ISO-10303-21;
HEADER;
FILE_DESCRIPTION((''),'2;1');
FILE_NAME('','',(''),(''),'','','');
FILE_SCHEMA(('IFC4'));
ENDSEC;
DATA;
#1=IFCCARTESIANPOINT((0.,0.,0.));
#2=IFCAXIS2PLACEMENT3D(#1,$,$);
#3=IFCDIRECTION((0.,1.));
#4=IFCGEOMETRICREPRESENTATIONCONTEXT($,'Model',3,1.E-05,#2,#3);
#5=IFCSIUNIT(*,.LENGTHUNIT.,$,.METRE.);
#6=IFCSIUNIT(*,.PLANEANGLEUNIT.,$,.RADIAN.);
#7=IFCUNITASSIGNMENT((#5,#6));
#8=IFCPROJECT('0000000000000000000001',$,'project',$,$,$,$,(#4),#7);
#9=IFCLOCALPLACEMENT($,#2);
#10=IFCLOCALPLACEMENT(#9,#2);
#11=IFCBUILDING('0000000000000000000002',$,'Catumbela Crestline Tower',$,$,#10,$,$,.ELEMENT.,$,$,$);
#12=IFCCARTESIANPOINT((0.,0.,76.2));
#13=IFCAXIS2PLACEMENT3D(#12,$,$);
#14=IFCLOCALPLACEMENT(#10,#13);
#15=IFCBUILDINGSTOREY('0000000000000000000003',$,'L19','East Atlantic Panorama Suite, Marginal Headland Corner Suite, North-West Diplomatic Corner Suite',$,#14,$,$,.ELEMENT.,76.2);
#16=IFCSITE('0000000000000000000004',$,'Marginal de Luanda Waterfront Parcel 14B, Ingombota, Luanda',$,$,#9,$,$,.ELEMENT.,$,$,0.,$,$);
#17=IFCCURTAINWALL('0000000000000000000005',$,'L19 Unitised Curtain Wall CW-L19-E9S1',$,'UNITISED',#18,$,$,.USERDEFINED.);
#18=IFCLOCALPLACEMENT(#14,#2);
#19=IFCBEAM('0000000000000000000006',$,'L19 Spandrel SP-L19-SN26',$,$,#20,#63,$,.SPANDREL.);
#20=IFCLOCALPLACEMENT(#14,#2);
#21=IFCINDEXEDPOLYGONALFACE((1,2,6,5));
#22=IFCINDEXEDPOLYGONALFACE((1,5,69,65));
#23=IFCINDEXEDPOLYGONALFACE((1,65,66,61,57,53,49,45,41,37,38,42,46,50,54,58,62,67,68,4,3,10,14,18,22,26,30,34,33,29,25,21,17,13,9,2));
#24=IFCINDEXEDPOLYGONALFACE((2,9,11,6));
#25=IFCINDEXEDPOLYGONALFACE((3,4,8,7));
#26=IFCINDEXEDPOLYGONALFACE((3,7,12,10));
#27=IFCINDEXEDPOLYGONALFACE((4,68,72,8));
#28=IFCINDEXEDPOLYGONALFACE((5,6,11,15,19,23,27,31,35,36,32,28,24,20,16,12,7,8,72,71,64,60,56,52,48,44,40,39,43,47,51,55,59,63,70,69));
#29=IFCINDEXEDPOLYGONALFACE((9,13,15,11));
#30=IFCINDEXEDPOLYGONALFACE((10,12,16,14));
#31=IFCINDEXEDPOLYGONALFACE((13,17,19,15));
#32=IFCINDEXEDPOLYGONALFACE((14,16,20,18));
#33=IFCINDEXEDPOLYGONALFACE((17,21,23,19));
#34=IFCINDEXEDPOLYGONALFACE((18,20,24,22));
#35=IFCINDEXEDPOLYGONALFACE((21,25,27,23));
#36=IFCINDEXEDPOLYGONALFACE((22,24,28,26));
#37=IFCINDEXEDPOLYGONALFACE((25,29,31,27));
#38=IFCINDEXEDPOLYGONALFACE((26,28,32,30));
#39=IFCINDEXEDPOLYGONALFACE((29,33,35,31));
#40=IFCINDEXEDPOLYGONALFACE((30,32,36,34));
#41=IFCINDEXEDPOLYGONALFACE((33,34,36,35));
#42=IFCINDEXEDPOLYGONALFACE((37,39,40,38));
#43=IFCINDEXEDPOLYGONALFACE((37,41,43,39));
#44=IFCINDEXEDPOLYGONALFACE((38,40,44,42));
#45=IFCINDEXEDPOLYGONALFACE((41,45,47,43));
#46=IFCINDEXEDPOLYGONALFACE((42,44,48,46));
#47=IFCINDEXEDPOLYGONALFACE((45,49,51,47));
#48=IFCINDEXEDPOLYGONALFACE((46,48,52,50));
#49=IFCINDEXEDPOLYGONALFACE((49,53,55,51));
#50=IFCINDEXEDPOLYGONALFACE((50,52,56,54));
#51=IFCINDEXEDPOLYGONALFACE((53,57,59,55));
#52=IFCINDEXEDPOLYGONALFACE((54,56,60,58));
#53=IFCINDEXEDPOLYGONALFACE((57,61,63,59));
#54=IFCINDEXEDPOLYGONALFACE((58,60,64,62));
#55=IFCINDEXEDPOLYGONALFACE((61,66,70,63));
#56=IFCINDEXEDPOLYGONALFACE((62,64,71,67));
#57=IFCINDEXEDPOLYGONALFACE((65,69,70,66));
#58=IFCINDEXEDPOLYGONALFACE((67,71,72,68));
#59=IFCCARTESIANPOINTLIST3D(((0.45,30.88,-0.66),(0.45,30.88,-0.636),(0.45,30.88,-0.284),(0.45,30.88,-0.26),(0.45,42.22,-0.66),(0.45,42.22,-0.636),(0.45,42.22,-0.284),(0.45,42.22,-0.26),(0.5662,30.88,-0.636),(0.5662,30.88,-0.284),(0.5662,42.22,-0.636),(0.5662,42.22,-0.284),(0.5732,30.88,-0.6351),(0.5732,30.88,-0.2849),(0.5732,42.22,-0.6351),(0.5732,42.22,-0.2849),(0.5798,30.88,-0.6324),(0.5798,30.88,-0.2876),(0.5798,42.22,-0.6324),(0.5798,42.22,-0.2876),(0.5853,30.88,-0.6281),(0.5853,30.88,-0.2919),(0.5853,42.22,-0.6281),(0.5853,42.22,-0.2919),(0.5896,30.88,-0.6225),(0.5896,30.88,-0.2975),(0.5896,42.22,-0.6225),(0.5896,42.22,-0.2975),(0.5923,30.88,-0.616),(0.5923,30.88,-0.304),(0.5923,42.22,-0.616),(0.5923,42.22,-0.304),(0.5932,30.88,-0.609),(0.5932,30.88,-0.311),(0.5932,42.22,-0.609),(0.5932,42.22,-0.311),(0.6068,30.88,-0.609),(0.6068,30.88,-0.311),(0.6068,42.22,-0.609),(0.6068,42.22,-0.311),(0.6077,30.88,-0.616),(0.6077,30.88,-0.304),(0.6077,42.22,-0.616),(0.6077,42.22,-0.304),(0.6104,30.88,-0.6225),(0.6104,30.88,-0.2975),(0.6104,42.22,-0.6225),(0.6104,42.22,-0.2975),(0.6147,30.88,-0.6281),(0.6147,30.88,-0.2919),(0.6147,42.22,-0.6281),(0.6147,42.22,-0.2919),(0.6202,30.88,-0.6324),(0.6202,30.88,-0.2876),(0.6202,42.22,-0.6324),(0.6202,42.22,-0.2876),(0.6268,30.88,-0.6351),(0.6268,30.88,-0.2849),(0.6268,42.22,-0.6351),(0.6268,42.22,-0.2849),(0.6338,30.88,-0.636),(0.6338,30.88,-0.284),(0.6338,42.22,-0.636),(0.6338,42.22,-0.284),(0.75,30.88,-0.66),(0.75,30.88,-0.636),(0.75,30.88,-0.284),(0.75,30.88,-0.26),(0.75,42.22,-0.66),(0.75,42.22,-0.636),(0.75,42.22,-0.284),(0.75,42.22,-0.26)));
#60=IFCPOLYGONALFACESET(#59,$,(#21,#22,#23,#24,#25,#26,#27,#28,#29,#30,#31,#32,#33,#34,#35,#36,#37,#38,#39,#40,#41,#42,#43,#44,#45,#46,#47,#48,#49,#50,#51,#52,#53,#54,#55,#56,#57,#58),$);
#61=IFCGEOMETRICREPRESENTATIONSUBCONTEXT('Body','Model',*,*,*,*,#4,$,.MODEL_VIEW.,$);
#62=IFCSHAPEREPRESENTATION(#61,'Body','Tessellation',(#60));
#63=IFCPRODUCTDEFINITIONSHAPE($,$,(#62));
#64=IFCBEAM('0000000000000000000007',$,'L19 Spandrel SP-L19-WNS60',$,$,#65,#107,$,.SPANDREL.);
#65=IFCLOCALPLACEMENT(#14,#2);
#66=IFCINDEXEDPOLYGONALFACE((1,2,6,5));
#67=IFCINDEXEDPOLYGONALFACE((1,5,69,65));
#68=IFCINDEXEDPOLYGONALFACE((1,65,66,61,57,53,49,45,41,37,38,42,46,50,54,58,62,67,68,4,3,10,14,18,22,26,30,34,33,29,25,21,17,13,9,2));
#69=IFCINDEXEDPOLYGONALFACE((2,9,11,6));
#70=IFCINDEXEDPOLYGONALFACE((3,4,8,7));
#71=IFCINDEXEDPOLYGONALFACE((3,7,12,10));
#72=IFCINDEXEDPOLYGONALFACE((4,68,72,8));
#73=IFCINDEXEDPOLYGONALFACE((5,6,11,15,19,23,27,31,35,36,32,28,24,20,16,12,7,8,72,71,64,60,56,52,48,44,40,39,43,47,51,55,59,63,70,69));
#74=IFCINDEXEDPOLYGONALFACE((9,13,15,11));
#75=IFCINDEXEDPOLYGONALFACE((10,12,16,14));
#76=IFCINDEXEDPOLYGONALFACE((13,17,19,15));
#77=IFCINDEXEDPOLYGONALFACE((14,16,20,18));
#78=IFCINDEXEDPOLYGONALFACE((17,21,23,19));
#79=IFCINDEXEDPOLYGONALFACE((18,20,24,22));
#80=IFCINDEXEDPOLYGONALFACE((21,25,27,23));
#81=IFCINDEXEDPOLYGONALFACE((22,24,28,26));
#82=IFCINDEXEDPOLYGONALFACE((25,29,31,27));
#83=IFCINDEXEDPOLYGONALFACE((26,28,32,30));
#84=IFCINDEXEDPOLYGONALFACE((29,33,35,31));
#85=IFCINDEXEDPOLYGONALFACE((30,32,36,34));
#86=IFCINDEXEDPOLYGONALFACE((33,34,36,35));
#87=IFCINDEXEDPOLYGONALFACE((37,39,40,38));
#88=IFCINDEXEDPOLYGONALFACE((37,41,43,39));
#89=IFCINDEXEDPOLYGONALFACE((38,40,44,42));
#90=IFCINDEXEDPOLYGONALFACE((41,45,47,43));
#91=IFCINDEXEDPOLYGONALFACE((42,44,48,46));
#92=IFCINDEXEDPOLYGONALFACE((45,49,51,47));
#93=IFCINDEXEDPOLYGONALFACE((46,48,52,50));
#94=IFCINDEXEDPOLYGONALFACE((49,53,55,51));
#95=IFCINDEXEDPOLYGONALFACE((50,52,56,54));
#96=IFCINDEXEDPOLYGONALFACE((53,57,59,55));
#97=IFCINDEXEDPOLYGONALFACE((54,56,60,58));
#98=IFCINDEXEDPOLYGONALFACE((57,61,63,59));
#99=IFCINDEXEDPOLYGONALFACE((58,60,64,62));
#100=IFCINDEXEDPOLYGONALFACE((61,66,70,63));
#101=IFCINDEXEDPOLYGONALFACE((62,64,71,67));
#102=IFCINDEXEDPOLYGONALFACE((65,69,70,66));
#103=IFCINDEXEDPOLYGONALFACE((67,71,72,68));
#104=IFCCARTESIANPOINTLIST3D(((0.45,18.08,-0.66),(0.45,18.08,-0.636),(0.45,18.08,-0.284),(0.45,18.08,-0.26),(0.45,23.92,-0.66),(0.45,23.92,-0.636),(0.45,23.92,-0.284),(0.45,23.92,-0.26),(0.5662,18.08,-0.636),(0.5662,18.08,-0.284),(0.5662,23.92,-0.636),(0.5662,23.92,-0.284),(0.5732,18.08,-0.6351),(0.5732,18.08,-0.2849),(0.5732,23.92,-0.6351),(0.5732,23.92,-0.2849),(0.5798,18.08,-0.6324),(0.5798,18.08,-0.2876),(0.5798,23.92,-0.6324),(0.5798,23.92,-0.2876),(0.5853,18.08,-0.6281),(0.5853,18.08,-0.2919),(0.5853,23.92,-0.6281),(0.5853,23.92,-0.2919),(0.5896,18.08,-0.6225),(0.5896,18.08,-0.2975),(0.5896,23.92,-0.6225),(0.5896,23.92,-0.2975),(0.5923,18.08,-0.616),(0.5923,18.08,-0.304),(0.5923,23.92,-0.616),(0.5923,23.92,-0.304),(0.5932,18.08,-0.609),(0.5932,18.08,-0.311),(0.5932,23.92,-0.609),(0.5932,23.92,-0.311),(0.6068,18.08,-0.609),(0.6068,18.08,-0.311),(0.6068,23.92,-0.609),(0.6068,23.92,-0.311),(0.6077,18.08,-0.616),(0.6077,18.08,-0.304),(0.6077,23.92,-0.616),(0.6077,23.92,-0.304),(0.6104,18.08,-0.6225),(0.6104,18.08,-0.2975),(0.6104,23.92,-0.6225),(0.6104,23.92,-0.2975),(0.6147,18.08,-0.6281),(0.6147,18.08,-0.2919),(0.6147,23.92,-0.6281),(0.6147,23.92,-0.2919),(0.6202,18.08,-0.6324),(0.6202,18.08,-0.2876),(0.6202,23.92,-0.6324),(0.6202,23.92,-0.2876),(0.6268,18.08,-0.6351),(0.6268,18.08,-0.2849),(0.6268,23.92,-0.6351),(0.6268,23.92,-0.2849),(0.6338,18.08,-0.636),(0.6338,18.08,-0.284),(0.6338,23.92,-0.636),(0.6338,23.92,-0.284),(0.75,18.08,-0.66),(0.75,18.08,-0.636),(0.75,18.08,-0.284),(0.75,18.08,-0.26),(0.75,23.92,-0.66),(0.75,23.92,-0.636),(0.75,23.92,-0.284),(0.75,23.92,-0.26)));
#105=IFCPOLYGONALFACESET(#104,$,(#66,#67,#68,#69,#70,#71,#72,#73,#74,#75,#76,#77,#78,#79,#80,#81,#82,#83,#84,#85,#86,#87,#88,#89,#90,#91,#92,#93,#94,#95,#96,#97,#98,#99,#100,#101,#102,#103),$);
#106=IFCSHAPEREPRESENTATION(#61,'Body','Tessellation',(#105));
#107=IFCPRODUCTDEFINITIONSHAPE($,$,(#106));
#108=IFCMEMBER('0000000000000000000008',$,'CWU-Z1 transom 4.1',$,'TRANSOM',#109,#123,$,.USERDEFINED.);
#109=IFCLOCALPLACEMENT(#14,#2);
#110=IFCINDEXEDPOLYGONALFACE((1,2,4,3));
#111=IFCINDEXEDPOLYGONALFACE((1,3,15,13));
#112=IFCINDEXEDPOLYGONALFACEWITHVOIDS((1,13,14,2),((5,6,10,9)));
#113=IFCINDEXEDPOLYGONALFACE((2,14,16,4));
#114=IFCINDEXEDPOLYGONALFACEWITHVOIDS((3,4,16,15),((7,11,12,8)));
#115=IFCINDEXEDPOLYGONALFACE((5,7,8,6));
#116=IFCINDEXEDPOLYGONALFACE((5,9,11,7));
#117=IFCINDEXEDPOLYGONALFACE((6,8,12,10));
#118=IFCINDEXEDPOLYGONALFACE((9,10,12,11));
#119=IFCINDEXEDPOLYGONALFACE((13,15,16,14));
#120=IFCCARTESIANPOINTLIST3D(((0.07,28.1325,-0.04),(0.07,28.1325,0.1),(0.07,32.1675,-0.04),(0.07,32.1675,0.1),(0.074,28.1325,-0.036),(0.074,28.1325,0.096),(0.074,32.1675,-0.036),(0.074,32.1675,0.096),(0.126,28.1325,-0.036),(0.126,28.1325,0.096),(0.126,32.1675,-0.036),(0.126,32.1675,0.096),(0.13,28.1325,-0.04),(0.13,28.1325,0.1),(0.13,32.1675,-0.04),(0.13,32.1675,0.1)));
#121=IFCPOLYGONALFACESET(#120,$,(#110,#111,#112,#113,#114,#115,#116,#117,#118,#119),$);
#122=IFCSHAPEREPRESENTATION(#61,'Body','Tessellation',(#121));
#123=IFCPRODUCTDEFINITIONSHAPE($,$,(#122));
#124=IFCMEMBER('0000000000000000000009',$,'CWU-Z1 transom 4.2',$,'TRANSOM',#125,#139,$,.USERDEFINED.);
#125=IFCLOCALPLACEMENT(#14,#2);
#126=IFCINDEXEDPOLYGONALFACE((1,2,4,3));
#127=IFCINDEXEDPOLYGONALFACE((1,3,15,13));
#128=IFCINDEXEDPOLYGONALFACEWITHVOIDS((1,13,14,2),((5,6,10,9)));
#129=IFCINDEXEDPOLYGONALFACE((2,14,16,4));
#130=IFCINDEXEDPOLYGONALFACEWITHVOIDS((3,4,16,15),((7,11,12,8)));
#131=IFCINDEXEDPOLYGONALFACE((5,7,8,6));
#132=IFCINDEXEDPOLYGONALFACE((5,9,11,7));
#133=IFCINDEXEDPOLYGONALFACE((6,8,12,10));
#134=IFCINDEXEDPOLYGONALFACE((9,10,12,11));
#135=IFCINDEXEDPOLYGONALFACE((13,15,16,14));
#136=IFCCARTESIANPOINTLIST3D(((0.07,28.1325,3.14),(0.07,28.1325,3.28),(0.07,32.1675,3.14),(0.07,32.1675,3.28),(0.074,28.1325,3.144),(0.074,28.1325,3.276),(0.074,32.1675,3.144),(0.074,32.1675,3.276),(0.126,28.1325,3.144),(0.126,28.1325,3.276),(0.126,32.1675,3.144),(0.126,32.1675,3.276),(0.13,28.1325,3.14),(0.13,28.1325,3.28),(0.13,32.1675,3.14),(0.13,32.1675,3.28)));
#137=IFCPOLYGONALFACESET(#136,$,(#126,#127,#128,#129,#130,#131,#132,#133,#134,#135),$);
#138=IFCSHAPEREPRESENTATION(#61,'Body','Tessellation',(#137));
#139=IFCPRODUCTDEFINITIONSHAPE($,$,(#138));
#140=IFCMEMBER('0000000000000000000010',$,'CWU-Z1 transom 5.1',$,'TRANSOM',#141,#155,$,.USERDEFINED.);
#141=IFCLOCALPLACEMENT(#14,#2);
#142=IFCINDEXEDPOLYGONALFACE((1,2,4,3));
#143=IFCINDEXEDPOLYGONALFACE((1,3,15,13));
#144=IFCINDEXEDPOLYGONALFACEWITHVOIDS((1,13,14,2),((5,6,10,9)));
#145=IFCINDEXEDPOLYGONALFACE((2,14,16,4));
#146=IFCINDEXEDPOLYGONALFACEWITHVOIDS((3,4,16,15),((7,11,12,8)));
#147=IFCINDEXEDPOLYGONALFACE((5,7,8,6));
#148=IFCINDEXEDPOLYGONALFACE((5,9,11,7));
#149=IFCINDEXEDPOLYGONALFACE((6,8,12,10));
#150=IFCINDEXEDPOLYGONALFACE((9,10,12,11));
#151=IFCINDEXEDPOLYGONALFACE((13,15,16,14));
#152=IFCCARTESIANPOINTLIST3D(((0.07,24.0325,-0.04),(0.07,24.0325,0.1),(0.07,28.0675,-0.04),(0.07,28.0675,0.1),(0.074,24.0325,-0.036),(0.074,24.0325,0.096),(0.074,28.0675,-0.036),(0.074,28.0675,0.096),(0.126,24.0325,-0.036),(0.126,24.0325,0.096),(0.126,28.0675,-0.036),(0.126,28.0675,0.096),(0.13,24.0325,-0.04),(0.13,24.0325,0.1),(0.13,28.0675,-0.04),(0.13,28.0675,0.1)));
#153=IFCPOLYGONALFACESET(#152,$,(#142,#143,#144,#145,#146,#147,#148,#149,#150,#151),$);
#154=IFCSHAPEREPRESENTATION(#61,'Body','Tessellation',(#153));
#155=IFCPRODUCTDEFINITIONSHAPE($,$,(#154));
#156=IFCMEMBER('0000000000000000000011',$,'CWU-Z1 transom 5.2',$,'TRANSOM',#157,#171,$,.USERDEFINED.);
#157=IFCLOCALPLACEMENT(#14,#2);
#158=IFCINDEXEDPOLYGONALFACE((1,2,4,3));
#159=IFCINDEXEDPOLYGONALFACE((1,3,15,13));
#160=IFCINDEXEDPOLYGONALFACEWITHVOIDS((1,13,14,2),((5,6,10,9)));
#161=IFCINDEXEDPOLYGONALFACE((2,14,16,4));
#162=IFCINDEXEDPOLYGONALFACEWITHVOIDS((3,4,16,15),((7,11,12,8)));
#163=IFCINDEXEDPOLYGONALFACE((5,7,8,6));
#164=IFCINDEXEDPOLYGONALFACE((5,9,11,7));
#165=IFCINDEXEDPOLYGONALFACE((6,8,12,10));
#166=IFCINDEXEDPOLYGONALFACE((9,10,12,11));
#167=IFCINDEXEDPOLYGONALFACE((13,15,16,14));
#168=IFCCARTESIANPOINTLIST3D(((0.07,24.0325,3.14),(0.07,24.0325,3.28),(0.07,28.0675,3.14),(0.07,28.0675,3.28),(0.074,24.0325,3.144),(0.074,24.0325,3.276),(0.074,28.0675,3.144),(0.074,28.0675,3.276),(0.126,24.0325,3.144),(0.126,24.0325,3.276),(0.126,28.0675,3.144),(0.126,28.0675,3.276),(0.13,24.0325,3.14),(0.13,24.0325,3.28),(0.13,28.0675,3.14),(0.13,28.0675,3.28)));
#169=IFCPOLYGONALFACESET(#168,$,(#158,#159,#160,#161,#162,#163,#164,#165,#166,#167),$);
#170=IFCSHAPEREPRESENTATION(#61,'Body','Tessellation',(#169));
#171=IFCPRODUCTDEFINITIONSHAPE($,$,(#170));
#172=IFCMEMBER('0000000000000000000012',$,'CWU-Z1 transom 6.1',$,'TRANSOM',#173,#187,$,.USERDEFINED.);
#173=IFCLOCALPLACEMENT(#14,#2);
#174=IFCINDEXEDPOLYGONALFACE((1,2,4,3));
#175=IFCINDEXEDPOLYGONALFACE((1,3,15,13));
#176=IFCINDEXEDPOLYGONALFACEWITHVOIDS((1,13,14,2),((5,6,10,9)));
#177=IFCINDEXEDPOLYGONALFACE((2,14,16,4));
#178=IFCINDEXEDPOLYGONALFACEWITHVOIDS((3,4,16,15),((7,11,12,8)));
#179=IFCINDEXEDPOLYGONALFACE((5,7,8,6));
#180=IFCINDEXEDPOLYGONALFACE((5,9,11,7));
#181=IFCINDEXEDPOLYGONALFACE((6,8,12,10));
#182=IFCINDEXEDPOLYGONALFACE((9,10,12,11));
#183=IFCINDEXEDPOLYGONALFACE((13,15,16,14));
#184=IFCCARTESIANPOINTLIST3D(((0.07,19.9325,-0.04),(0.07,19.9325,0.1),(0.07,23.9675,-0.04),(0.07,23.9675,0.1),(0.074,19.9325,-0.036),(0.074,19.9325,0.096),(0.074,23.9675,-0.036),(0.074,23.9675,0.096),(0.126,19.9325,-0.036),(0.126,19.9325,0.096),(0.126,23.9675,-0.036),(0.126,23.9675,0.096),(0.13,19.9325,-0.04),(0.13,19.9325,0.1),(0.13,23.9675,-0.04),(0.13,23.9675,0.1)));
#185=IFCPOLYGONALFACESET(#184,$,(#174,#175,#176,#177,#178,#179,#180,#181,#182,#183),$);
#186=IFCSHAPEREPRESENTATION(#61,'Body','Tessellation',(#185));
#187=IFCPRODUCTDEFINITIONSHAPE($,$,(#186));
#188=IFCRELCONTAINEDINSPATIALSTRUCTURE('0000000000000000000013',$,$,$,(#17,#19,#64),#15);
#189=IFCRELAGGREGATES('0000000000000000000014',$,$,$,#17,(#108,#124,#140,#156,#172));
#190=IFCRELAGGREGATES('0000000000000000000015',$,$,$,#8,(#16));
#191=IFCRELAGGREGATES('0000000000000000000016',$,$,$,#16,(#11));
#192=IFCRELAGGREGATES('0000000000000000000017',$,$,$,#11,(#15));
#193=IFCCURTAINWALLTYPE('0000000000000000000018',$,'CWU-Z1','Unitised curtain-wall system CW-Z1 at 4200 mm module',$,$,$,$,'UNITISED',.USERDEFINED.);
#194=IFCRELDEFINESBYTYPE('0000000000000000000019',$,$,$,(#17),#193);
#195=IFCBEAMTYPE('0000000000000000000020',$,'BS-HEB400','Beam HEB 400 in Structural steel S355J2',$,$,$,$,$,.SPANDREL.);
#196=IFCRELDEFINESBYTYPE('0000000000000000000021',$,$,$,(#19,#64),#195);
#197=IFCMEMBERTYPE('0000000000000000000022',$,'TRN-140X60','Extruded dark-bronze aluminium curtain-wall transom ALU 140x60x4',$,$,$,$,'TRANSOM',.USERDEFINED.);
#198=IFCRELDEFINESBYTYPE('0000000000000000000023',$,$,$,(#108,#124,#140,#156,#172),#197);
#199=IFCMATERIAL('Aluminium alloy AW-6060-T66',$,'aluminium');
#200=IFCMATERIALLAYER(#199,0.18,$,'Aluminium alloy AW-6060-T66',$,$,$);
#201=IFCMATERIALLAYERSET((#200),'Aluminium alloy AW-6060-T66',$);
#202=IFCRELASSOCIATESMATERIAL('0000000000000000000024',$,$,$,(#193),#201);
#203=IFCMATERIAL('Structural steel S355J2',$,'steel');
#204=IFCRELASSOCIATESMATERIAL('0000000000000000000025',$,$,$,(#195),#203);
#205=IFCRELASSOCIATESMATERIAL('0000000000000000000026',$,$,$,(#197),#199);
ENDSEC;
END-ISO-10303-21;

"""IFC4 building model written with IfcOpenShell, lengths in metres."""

from ifc_helpers import new_model, si_unit, direction, frame, origin, origin_2d, place, context, subcontext, project, spatial, hollow_rectangle, i_section, extrude, material, layer, layer_set, material_profile, profile_set, type_object, element, aggregate, save


model = new_model("IFC4")

# Units and contexts
model_context = context("Model", 3, precision=1e-05, world=origin(), true_north=direction((0.0, 1.0)))
body_context = subcontext(model_context, "Body", "Model", "MODEL_VIEW")
ifc_project = project(units=[si_unit("LENGTHUNIT", "METRE"), si_unit("PLANEANGLEUNIT", "RADIAN")], contexts=[model_context])

# Site, building, storey
site_placement = place(None, origin())
site = spatial("IfcSite", under=ifc_project, at=site_placement, Name="Marginal de Luanda Waterfront Parcel 14B, Ingombota, Luanda", CompositionType="ELEMENT", RefElevation=0.0)
building_placement = place(site_placement, origin())
building = spatial("IfcBuilding", under=site, at=building_placement, Name="Catumbela Crestline Tower", CompositionType="ELEMENT")
storey_placement = place(building_placement, frame((0.0, 0.0, 76.2)))
storey = spatial("IfcBuildingStorey", under=building, at=storey_placement, Name="L19", Description="East Atlantic Panorama Suite, Marginal Headland Corner Suite, North-West Diplomatic Corner Suite", CompositionType="ELEMENT", Elevation=76.2)

# Shared definitions
ifc_material_1 = material(Name="Structural steel S355J2", Category="steel")

# Curtain wall
ifc_material_2 = material(Name="Aluminium alloy AW-6060-T66", Category="aluminium")
ifc_layer_1 = layer(ifc_material_2, 0.18, Name="Aluminium alloy AW-6060-T66")
ifc_layer_set_1 = layer_set([ifc_layer_1], Name="Aluminium alloy AW-6060-T66")
curtain_wall_type = type_object("IfcCurtainWallType", Name="CWU-Z1", Description="Unitised curtain-wall system CW-Z1 at 4200 mm module", ElementType="UNITISED", PredefinedType="USERDEFINED", material=ifc_layer_set_1)
curtain_wall_placement = place(storey_placement, origin())
curtain_wall = element("IfcCurtainWall", 1, at=curtain_wall_placement, inside=storey, type_object=curtain_wall_type, Name="L19 Unitised Curtain Wall CW-L19-E9S1", ObjectType="UNITISED", PredefinedType="USERDEFINED")

# Beams
ifc_material_profile_1 = material_profile(ifc_material_1, i_section(OverallWidth=0.3, OverallDepth=0.4, WebThickness=0.0135, FlangeThickness=0.024, FilletRadius=0.027, at=origin_2d()), Name="HEB 400")
ifc_profile_set_1 = profile_set([ifc_material_profile_1], Name="Structural steel S355J2")
beam_type_1 = type_object("IfcBeamType", Name="BS-HEB400", Description="Beam HEB 400 in Structural steel S355J2", PredefinedType="SPANDREL", material=ifc_profile_set_1)
beam_1_placement = place(storey_placement, frame((0.6, 30.88, -0.46), z_axis=(0.0, 1.0, 0.0), x_axis=(-1.0, 0.0, 0.0)))
element("IfcBeam", 2, at=beam_1_placement, inside=storey, type_object=beam_type_1, Name="L19 Spandrel SP-L19-SN26", PredefinedType="SPANDREL", context=body_context, shape_type="SweptSolid", body=[
    extrude(i_section(OverallWidth=0.3, OverallDepth=0.4, WebThickness=0.0135, FlangeThickness=0.024, FilletRadius=0.027, at=origin_2d()), origin(), (0.0, 0.0, 1.0), 11.34),
])
beam_2_placement = place(storey_placement, frame((0.6, 18.08, -0.46), z_axis=(0.0, 1.0, 0.0), x_axis=(-1.0, 0.0, 0.0)))
element("IfcBeam", 3, at=beam_2_placement, inside=storey, type_object=beam_type_1, Name="L19 Spandrel SP-L19-WNS60", PredefinedType="SPANDREL", context=body_context, shape_type="SweptSolid", body=[
    extrude(i_section(OverallWidth=0.3, OverallDepth=0.4, WebThickness=0.0135, FlangeThickness=0.024, FilletRadius=0.027, at=origin_2d()), origin(), (0.0, 0.0, 1.0), 5.84),
])

# Members
ifc_material_profile_2 = material_profile(ifc_material_2, hollow_rectangle(XDim=0.06, YDim=0.14, WallThickness=0.004, at=origin_2d()), Name="ALU 140x60x4")
ifc_profile_set_2 = profile_set([ifc_material_profile_2], Name="Aluminium alloy AW-6060-T66")
member_type_1 = type_object("IfcMemberType", Name="TRN-140X60", Description="Extruded dark-bronze aluminium curtain-wall transom ALU 140x60x4", ElementType="TRANSOM", PredefinedType="USERDEFINED", material=ifc_profile_set_2)
member_1_placement = place(storey_placement, frame((0.1, 32.1675, 0.03), z_axis=(0.0, -1.0, 0.0), x_axis=(1.0, 0.0, 0.0)))
member_1 = element("IfcMember", 4, at=member_1_placement, type_object=member_type_1, Name="CWU-Z1 transom 4.1", ObjectType="TRANSOM", PredefinedType="USERDEFINED", context=body_context, shape_type="SweptSolid", body=[
    extrude(hollow_rectangle(XDim=0.06, YDim=0.14, WallThickness=0.004, at=origin_2d()), origin(), (0.0, 0.0, 1.0), 4.035),
])
member_2_placement = place(storey_placement, frame((0.1, 32.1675, 3.21), z_axis=(0.0, -1.0, 0.0), x_axis=(1.0, 0.0, 0.0)))
member_2 = element("IfcMember", 5, at=member_2_placement, type_object=member_type_1, Name="CWU-Z1 transom 4.2", ObjectType="TRANSOM", PredefinedType="USERDEFINED", context=body_context, shape_type="SweptSolid", body=[
    extrude(hollow_rectangle(XDim=0.06, YDim=0.14, WallThickness=0.004, at=origin_2d()), origin(), (0.0, 0.0, 1.0), 4.035),
])
member_3_placement = place(storey_placement, frame((0.1, 28.0675, 0.03), z_axis=(0.0, -1.0, 0.0), x_axis=(1.0, 0.0, 0.0)))
member_3 = element("IfcMember", 6, at=member_3_placement, type_object=member_type_1, Name="CWU-Z1 transom 5.1", ObjectType="TRANSOM", PredefinedType="USERDEFINED", context=body_context, shape_type="SweptSolid", body=[
    extrude(hollow_rectangle(XDim=0.06, YDim=0.14, WallThickness=0.004, at=origin_2d()), origin(), (0.0, 0.0, 1.0), 4.035),
])
member_4_placement = place(storey_placement, frame((0.1, 28.0675, 3.21), z_axis=(0.0, -1.0, 0.0), x_axis=(1.0, 0.0, 0.0)))
member_4 = element("IfcMember", 7, at=member_4_placement, type_object=member_type_1, Name="CWU-Z1 transom 5.2", ObjectType="TRANSOM", PredefinedType="USERDEFINED", context=body_context, shape_type="SweptSolid", body=[
    extrude(hollow_rectangle(XDim=0.06, YDim=0.14, WallThickness=0.004, at=origin_2d()), origin(), (0.0, 0.0, 1.0), 4.035),
])
member_5_placement = place(storey_placement, frame((0.1, 23.9675, 0.03), z_axis=(0.0, -1.0, 0.0), x_axis=(1.0, 0.0, 0.0)))
member_5 = element("IfcMember", 8, at=member_5_placement, type_object=member_type_1, Name="CWU-Z1 transom 6.1", ObjectType="TRANSOM", PredefinedType="USERDEFINED", context=body_context, shape_type="SweptSolid", body=[
    extrude(hollow_rectangle(XDim=0.06, YDim=0.14, WallThickness=0.004, at=origin_2d()), origin(), (0.0, 0.0, 1.0), 4.035),
])

aggregate(curtain_wall, [member_1, member_2, member_3, member_4, member_5])

save(model, "model.ifc")
